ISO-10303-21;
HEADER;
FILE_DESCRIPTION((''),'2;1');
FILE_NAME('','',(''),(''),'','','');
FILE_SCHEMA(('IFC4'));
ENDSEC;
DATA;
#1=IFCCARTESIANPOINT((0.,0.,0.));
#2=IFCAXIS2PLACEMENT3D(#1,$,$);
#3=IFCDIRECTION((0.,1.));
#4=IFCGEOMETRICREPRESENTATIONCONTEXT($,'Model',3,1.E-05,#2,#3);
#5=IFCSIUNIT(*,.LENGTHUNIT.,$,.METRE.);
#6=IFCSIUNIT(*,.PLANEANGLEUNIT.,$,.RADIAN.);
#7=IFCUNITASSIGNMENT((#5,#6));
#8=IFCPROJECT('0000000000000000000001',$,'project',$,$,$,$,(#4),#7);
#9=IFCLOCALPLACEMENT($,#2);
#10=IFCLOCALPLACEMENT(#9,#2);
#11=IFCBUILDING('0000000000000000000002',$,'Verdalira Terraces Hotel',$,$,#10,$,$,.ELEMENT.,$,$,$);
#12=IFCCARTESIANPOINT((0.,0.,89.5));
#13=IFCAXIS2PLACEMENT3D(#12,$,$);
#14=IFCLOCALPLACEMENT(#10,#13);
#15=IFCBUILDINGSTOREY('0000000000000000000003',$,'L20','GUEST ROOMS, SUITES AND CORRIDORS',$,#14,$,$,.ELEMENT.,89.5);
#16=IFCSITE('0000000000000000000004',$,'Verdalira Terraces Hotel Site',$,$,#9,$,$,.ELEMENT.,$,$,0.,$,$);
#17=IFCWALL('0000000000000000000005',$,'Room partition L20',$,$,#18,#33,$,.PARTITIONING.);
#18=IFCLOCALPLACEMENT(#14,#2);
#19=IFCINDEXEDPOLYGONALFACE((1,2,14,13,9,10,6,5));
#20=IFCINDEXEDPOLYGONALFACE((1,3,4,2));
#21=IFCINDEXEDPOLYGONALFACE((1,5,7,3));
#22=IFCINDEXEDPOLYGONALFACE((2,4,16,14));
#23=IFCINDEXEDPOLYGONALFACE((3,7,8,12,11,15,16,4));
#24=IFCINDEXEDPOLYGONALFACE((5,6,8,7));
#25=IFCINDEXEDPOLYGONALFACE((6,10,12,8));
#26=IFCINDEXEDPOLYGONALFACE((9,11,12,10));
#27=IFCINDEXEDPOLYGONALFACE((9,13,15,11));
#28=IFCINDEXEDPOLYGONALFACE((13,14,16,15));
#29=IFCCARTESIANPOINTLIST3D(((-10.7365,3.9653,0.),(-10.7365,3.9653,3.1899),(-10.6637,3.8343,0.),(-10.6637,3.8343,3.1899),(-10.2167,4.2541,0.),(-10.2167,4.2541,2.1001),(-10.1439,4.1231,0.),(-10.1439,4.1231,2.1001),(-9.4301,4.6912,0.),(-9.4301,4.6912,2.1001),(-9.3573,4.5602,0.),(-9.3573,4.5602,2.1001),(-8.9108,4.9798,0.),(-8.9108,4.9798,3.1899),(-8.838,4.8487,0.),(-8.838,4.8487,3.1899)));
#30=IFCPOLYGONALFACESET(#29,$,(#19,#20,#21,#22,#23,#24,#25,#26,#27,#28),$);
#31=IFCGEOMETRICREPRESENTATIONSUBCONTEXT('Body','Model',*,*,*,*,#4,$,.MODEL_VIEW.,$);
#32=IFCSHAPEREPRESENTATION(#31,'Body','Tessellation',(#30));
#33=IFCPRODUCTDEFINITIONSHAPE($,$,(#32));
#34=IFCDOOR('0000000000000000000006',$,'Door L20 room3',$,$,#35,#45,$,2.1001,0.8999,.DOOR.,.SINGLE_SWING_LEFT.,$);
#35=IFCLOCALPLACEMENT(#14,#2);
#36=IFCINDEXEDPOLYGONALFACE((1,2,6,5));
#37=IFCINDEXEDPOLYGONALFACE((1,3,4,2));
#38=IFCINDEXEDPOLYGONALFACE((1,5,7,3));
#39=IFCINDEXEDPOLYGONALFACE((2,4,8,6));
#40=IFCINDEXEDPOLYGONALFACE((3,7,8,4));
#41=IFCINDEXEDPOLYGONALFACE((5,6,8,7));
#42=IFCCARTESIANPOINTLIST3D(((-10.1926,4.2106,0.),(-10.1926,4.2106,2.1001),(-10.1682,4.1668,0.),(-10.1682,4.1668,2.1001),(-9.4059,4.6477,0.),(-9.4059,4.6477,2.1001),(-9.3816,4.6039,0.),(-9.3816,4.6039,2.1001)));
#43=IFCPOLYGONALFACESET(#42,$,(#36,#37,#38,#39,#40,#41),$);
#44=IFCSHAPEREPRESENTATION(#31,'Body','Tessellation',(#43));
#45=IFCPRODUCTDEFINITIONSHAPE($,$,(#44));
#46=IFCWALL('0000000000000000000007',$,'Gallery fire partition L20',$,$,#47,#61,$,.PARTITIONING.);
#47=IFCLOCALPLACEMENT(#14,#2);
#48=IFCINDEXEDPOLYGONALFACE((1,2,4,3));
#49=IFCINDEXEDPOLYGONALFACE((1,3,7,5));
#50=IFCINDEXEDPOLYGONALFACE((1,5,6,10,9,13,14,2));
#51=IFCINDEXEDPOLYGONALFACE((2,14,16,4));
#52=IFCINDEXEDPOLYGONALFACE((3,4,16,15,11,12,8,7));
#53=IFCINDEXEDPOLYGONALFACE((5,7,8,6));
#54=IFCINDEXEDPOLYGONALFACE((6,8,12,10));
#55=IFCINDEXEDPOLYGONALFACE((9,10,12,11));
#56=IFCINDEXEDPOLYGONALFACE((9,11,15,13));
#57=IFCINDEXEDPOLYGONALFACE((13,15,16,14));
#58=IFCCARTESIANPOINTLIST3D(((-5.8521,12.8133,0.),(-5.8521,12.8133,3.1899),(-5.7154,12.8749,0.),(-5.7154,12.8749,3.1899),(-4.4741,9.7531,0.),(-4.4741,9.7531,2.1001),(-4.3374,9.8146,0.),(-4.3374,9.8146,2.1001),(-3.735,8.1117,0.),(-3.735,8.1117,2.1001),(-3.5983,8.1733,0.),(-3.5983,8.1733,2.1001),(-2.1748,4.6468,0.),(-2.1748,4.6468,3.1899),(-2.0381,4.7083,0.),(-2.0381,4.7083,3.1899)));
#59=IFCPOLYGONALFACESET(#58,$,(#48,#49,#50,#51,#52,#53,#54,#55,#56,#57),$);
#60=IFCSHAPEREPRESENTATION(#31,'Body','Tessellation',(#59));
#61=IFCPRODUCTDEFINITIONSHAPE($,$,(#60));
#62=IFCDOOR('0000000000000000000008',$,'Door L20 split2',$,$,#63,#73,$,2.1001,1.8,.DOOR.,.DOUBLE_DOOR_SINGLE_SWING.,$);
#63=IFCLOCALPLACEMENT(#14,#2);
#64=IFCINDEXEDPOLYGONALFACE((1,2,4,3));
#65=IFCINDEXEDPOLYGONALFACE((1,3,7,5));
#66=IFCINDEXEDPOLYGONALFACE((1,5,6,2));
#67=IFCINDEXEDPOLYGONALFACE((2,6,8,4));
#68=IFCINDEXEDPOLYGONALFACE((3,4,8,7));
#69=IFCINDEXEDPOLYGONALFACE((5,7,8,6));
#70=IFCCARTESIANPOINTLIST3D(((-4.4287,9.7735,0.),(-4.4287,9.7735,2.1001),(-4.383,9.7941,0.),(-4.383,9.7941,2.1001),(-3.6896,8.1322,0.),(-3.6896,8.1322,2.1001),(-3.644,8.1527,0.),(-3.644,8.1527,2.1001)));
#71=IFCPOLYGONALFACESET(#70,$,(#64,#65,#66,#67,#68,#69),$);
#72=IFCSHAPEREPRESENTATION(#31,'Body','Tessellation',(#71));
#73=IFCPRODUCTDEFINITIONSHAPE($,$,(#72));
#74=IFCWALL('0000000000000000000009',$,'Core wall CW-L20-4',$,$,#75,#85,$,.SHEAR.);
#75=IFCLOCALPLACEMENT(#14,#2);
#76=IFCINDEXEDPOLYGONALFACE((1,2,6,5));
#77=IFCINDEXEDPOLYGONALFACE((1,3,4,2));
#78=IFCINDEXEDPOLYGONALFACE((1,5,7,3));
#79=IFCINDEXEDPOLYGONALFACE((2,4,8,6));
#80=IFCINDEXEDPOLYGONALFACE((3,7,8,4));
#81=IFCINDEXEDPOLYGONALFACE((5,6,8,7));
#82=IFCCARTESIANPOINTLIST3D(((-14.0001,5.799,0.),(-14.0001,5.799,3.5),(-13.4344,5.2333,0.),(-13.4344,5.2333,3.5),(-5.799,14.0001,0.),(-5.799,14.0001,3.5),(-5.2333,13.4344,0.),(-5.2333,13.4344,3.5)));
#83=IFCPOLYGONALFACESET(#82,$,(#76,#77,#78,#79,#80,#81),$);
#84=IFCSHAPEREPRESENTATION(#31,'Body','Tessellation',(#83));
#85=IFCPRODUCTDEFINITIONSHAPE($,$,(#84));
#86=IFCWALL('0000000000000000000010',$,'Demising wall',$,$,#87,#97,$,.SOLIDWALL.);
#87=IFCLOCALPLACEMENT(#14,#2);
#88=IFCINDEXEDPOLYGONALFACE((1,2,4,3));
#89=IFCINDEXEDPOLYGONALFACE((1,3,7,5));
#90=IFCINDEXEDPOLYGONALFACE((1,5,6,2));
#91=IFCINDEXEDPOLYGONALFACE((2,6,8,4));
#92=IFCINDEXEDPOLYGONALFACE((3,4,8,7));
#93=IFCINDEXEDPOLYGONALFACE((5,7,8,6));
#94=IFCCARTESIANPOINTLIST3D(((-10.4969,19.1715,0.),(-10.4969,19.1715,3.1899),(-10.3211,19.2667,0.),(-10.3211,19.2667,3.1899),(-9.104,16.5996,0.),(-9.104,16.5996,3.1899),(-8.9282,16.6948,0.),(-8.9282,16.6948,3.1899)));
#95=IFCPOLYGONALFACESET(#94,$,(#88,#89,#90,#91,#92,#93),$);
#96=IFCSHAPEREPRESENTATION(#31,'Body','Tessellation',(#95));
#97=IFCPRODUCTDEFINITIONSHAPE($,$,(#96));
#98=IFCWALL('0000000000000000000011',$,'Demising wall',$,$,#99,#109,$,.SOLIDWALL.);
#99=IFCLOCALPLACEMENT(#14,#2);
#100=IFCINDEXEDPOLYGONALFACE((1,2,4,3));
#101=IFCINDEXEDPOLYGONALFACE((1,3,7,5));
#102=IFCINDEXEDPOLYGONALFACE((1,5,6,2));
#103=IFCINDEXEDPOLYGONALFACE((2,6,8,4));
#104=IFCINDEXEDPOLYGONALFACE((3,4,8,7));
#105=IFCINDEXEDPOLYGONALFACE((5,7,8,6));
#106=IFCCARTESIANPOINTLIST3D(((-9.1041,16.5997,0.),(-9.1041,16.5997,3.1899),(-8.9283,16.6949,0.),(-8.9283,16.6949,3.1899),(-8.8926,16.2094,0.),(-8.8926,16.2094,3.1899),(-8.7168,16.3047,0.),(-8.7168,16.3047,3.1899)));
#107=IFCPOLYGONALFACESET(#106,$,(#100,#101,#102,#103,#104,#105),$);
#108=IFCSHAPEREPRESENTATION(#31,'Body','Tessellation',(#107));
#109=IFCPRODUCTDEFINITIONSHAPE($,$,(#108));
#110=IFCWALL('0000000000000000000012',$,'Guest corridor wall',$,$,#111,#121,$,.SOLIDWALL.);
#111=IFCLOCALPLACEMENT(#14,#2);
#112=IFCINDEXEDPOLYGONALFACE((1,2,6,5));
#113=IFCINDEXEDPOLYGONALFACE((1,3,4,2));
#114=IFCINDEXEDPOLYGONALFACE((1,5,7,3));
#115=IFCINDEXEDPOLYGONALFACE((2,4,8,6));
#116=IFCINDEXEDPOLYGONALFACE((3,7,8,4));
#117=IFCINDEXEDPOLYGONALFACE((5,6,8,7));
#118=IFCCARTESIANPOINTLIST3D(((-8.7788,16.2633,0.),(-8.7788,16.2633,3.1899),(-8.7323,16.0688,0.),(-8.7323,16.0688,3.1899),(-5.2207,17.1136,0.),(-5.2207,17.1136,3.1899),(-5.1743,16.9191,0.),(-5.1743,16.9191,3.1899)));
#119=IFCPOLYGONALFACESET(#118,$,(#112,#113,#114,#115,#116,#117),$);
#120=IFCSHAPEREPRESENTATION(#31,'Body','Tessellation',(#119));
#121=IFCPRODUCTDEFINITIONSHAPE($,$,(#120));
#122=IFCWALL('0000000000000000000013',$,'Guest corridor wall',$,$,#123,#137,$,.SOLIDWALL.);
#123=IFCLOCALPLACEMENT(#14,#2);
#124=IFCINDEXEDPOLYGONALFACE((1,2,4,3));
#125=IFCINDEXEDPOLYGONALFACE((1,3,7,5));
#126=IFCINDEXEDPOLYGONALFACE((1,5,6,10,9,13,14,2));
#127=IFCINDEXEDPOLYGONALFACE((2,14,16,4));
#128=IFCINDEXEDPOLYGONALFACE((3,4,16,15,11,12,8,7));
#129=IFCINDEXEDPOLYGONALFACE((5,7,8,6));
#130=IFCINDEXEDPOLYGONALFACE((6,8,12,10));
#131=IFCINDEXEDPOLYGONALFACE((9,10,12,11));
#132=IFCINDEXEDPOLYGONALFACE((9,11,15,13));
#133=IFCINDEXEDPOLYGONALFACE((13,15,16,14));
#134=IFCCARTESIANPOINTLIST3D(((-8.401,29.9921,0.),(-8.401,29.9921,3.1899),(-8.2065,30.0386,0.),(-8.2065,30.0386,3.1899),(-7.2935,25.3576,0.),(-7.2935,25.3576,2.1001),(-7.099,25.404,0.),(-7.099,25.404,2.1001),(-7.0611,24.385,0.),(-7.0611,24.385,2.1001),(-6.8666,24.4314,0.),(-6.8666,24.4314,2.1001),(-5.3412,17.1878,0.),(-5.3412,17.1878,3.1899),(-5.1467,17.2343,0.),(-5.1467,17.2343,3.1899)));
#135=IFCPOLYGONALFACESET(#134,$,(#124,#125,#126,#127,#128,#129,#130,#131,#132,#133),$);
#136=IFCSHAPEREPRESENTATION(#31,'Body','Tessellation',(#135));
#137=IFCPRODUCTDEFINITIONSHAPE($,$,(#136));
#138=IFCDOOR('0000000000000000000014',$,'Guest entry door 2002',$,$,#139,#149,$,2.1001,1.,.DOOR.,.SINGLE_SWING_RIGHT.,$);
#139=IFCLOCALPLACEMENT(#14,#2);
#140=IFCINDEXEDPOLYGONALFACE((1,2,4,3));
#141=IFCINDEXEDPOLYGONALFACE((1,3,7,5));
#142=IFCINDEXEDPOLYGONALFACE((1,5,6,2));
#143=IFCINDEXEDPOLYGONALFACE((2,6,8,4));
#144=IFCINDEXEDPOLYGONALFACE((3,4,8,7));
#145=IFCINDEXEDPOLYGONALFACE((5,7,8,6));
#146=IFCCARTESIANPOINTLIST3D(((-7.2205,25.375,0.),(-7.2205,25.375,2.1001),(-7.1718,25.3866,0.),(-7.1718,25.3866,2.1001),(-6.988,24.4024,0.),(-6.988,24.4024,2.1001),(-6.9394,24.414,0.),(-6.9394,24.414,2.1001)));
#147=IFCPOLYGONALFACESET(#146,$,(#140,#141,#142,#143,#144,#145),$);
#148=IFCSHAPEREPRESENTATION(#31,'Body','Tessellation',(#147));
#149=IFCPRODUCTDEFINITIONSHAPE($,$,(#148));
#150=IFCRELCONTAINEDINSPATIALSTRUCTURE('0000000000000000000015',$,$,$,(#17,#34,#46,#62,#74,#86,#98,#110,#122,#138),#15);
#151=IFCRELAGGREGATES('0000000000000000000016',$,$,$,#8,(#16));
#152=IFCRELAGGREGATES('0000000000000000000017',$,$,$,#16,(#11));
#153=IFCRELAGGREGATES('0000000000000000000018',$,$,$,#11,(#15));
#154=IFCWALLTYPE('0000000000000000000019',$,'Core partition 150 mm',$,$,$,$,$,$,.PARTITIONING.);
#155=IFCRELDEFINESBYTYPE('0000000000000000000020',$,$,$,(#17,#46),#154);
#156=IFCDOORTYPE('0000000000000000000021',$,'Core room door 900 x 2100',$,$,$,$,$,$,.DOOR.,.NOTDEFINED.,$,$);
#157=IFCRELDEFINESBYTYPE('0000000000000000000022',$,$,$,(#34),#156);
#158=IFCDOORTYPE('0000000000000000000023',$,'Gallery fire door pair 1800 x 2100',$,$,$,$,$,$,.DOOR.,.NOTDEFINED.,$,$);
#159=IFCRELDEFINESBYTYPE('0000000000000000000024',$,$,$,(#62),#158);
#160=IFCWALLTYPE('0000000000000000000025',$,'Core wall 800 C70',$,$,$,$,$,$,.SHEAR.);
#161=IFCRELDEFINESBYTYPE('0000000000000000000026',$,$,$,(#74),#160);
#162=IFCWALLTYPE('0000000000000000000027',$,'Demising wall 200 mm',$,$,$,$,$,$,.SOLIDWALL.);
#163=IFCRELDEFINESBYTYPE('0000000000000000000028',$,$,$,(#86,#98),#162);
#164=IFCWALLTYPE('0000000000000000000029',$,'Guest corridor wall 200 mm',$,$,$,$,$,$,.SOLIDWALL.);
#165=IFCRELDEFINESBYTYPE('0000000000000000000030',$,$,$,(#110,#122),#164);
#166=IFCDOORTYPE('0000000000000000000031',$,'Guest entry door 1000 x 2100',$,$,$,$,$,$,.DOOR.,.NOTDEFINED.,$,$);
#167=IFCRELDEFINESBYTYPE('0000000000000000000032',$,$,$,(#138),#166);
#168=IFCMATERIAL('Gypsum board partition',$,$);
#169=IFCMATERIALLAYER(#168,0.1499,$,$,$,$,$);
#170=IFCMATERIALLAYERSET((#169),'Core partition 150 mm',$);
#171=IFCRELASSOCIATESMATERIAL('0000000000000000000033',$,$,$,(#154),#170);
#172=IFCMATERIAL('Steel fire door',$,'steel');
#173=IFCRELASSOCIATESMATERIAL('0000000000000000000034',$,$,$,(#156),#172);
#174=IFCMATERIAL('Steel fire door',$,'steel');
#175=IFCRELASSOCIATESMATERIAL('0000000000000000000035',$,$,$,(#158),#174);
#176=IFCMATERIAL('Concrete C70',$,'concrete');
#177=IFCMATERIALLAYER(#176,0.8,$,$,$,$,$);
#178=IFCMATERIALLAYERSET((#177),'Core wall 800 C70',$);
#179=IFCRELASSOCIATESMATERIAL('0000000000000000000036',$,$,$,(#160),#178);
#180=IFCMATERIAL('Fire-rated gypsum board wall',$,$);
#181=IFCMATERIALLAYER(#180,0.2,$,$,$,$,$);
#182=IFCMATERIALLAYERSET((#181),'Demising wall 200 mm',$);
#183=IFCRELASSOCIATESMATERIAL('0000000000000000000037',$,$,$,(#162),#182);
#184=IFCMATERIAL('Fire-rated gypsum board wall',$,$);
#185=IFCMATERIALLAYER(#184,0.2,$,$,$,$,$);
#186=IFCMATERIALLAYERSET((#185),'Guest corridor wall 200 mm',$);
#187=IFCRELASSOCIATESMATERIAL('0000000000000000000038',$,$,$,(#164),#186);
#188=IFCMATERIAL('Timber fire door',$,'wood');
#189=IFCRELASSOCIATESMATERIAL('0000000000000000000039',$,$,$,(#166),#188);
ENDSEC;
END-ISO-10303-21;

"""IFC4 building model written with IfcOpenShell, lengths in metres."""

from ifc_helpers import new_model, si_unit, direction, frame, frame_2d, origin, place, context, subcontext, project, spatial, rectangle, extrude, material, layer, layer_set, type_object, element, fill, save


model = new_model("IFC4")

# Units and contexts
model_context = context("Model", 3, precision=1e-05, world=origin(), true_north=direction((0.0, 1.0)))
body_context = subcontext(model_context, "Body", "Model", "MODEL_VIEW")
ifc_project = project(units=[si_unit("LENGTHUNIT", "METRE"), si_unit("PLANEANGLEUNIT", "RADIAN")], contexts=[model_context])

# Site, building, storey
site_placement = place(None, origin())
site = spatial("IfcSite", under=ifc_project, at=site_placement, Name="Verdalira Terraces Hotel Site", CompositionType="ELEMENT", RefElevation=0.0)
building_placement = place(site_placement, origin())
building = spatial("IfcBuilding", under=site, at=building_placement, Name="Verdalira Terraces Hotel", CompositionType="ELEMENT")
storey_placement = place(building_placement, frame((0.0, 0.0, 89.5)))
storey = spatial("IfcBuildingStorey", under=building, at=storey_placement, Name="L20", Description="GUEST ROOMS, SUITES AND CORRIDORS", CompositionType="ELEMENT", Elevation=89.5)

# Walls, openings, doors
ifc_material_1 = material(Name="Gypsum board partition")
ifc_layer_1 = layer(ifc_material_1, 0.1499)
ifc_layer_set_1 = layer_set([ifc_layer_1], Name="Core partition 150 mm")
wall_type_1 = type_object("IfcWallType", Name="Core partition 150 mm", PredefinedType="PARTITIONING", material=ifc_layer_set_1)
wall_1_placement = place(storey_placement, frame((-8.8743, 4.9143, 0.0), z_axis=(0.0, 0.0, 1.0), x_axis=(-0.87413, -0.485693, 0.0)))
wall_1 = element("IfcWall", 1, at=wall_1_placement, inside=storey, type_object=wall_type_1, Name="Room partition L20", PredefinedType="PARTITIONING", context=body_context, shape_type="SweptSolid", body=[
    extrude(rectangle(XDim=2.0886, YDim=0.1499, at=frame_2d((1.0444, 0.0))), origin(), (0.0, 0.0, 1.0), 3.1899),
])
opening_1_placement = place(wall_1_placement, frame((0.5942, 0.0, 0.0)))
opening_1 = element("IfcOpeningElement", 2, at=opening_1_placement, cuts=wall_1, PredefinedType="OPENING", context=body_context, shape_type="SweptSolid", body=[
    extrude(rectangle(XDim=0.8999, YDim=2.1001, at=frame_2d((0.45, 1.05))), frame((0.0, 0.085, 0.0), z_axis=(0.0, -1.0, 0.0), x_axis=(1.0, 0.0, 0.0)), (0.0, 0.0, 1.0), 0.1699),
])
ifc_material_2 = material(Name="Steel fire door", Category="steel")
door_type_1 = type_object("IfcDoorType", Name="Core room door 900 x 2100", OperationType="NOTDEFINED", PredefinedType="DOOR", material=ifc_material_2)
door_1_placement = place(opening_1_placement, origin())
door_1 = element("IfcDoor", 3, at=door_1_placement, inside=storey, type_object=door_type_1, Name="Door L20 room3", OperationType="SINGLE_SWING_LEFT", OverallHeight=2.1001, OverallWidth=0.8999, PredefinedType="DOOR", context=body_context, shape_type="SweptSolid", body=[
    extrude(rectangle(XDim=0.8999, YDim=2.1001, at=frame_2d((0.45, 1.05))), frame((0.0, 0.0249, 0.0), z_axis=(0.0, -1.0, 0.0), x_axis=(1.0, 0.0, 0.0)), (0.0, 0.0, 1.0), 0.05),
])
fill(opening_1, door_1)
wall_2_placement = place(storey_placement, frame((-5.7837, 12.844, 0.0), z_axis=(0.0, 0.0, 1.0), x_axis=(0.41058, -0.911825, 0.0)))
wall_2 = element("IfcWall", 4, at=wall_2_placement, inside=storey, type_object=wall_type_1, Name="Gallery fire partition L20", PredefinedType="PARTITIONING", context=body_context, shape_type="SweptSolid", body=[
    extrude(rectangle(XDim=8.9563, YDim=0.1499, at=frame_2d((4.478, 0.0))), origin(), (0.0, 0.0, 1.0), 3.1899),
])
opening_2_placement = place(wall_2_placement, frame((3.3562, 0.0, 0.0)))
opening_2 = element("IfcOpeningElement", 5, at=opening_2_placement, cuts=wall_2, PredefinedType="OPENING", context=body_context, shape_type="SweptSolid", body=[
    extrude(rectangle(XDim=1.8, YDim=2.1001, at=frame_2d((0.8999, 1.05))), frame((0.0, 0.085, 0.0), z_axis=(0.0, -1.0, 0.0), x_axis=(1.0, 0.0, 0.0)), (0.0, 0.0, 1.0), 0.1699),
])
ifc_material_3 = material(Name="Steel fire door", Category="steel")
door_type_2 = type_object("IfcDoorType", Name="Gallery fire door pair 1800 x 2100", OperationType="NOTDEFINED", PredefinedType="DOOR", material=ifc_material_3)
door_2_placement = place(opening_2_placement, origin())
door_2 = element("IfcDoor", 6, at=door_2_placement, inside=storey, type_object=door_type_2, Name="Door L20 split2", OperationType="DOUBLE_DOOR_SINGLE_SWING", OverallHeight=2.1001, OverallWidth=1.8, PredefinedType="DOOR", context=body_context, shape_type="SweptSolid", body=[
    extrude(rectangle(XDim=1.8, YDim=2.1001, at=frame_2d((0.8999, 1.05))), frame((0.0, 0.0249, 0.0), z_axis=(0.0, -1.0, 0.0), x_axis=(1.0, 0.0, 0.0)), (0.0, 0.0, 1.0), 0.05),
])
fill(opening_2, door_2)

# Walls
ifc_material_4 = material(Name="Concrete C70", Category="concrete")
ifc_layer_2 = layer(ifc_material_4, 0.8)
ifc_layer_set_2 = layer_set([ifc_layer_2], Name="Core wall 800 C70")
wall_type_2 = type_object("IfcWallType", Name="Core wall 800 C70", PredefinedType="SHEAR", material=ifc_layer_set_2)
wall_3_placement = place(storey_placement, frame((-5.5161, 13.7173, 0.0), z_axis=(0.0, 0.0, 1.0), x_axis=(-0.707107, -0.707107, 0.0)))
element("IfcWall", 7, at=wall_3_placement, inside=storey, type_object=wall_type_2, Name="Core wall CW-L20-4", PredefinedType="SHEAR", context=body_context, shape_type="SweptSolid", body=[
    extrude(rectangle(XDim=11.5981, YDim=0.8, at=frame_2d((5.7991, 0.0))), origin(), (0.0, 0.0, 1.0), 3.5),
])
ifc_material_5 = material(Name="Fire-rated gypsum board wall")
ifc_layer_3 = layer(ifc_material_5, 0.2)
ifc_layer_set_3 = layer_set([ifc_layer_3], Name="Demising wall 200 mm")
wall_type_3 = type_object("IfcWallType", Name="Demising wall 200 mm", PredefinedType="SOLIDWALL", material=ifc_layer_set_3)
wall_4_placement = place(storey_placement, frame((-9.0161, 16.6472, 0.0), z_axis=(0.0, 0.0, 1.0), x_axis=(-0.476224, 0.879324, 0.0)))
element("IfcWall", 8, at=wall_4_placement, inside=storey, type_object=wall_type_3, Name="Demising wall", PredefinedType="SOLIDWALL", context=body_context, shape_type="SweptSolid", body=[
    extrude(rectangle(XDim=2.9248, YDim=0.2, at=frame_2d((1.4624, 0.0))), origin(), (0.0, 0.0, 1.0), 3.1899),
])
wall_5_placement = place(storey_placement, frame((-8.8047, 16.2571, 0.0), z_axis=(0.0, 0.0, 1.0), x_axis=(-0.47646, 0.879196, 0.0)))
element("IfcWall", 9, at=wall_5_placement, inside=storey, type_object=wall_type_3, Name="Demising wall", PredefinedType="SOLIDWALL", context=body_context, shape_type="SweptSolid", body=[
    extrude(rectangle(XDim=0.4438, YDim=0.2, at=frame_2d((0.2219, 0.0))), origin(), (0.0, 0.0, 1.0), 3.1899),
])
ifc_material_6 = material(Name="Fire-rated gypsum board wall")
ifc_layer_4 = layer(ifc_material_6, 0.2)
ifc_layer_set_4 = layer_set([ifc_layer_4], Name="Guest corridor wall 200 mm")
wall_type_4 = type_object("IfcWallType", Name="Guest corridor wall 200 mm", PredefinedType="SOLIDWALL", material=ifc_layer_set_4)
wall_6_placement = place(storey_placement, frame((-5.1975, 17.0164, 0.0), z_axis=(0.0, 0.0, 1.0), x_axis=(-0.97261, -0.232441, 0.0)))
element("IfcWall", 10, at=wall_6_placement, inside=storey, type_object=wall_type_4, Name="Guest corridor wall", PredefinedType="SOLIDWALL", context=body_context, shape_type="SweptSolid", body=[
    extrude(rectangle(XDim=3.6582, YDim=0.2, at=frame_2d((1.8291, 0.0))), origin(), (0.0, 0.0, 1.0), 3.1899),
])

# Wall, opening, door
wall_7_placement = place(storey_placement, frame((-5.2439, 17.2109, 0.0), z_axis=(0.0, 0.0, 1.0), x_axis=(-0.232425, 0.972614, 0.0)))
wall_7 = element("IfcWall", 11, at=wall_7_placement, inside=storey, type_object=wall_type_4, Name="Guest corridor wall", PredefinedType="SOLIDWALL", context=body_context, shape_type="SweptSolid", body=[
    extrude(rectangle(XDim=13.1648, YDim=0.2, at=frame_2d((6.5825, 0.0))), origin(), (0.0, 0.0, 1.0), 3.1899),
])
opening_3_placement = place(wall_7_placement, frame((7.3999, 0.0, 0.0)))
opening_3 = element("IfcOpeningElement", 12, at=opening_3_placement, cuts=wall_7, PredefinedType="OPENING", context=body_context, shape_type="SweptSolid", body=[
    extrude(rectangle(XDim=1.0, YDim=2.1001, at=frame_2d((0.5, 1.05))), frame((0.0, 0.1099, 0.0), z_axis=(0.0, -1.0, 0.0), x_axis=(1.0, 0.0, 0.0)), (0.0, 0.0, 1.0), 0.22),
])
ifc_material_7 = material(Name="Timber fire door", Category="wood")
door_type_3 = type_object("IfcDoorType", Name="Guest entry door 1000 x 2100", OperationType="NOTDEFINED", PredefinedType="DOOR", material=ifc_material_7)
door_3_placement = place(opening_3_placement, origin())
door_3 = element("IfcDoor", 13, at=door_3_placement, inside=storey, type_object=door_type_3, Name="Guest entry door 2002", OperationType="SINGLE_SWING_RIGHT", OverallHeight=2.1001, OverallWidth=1.0, PredefinedType="DOOR", context=body_context, shape_type="SweptSolid", body=[
    extrude(rectangle(XDim=1.0, YDim=2.1001, at=frame_2d((0.5, 1.05))), frame((0.0, 0.0249, 0.0), z_axis=(0.0, -1.0, 0.0), x_axis=(1.0, 0.0, 0.0)), (0.0, 0.0, 1.0), 0.05),
])
fill(opening_3, door_3)

save(model, "model.ifc")
